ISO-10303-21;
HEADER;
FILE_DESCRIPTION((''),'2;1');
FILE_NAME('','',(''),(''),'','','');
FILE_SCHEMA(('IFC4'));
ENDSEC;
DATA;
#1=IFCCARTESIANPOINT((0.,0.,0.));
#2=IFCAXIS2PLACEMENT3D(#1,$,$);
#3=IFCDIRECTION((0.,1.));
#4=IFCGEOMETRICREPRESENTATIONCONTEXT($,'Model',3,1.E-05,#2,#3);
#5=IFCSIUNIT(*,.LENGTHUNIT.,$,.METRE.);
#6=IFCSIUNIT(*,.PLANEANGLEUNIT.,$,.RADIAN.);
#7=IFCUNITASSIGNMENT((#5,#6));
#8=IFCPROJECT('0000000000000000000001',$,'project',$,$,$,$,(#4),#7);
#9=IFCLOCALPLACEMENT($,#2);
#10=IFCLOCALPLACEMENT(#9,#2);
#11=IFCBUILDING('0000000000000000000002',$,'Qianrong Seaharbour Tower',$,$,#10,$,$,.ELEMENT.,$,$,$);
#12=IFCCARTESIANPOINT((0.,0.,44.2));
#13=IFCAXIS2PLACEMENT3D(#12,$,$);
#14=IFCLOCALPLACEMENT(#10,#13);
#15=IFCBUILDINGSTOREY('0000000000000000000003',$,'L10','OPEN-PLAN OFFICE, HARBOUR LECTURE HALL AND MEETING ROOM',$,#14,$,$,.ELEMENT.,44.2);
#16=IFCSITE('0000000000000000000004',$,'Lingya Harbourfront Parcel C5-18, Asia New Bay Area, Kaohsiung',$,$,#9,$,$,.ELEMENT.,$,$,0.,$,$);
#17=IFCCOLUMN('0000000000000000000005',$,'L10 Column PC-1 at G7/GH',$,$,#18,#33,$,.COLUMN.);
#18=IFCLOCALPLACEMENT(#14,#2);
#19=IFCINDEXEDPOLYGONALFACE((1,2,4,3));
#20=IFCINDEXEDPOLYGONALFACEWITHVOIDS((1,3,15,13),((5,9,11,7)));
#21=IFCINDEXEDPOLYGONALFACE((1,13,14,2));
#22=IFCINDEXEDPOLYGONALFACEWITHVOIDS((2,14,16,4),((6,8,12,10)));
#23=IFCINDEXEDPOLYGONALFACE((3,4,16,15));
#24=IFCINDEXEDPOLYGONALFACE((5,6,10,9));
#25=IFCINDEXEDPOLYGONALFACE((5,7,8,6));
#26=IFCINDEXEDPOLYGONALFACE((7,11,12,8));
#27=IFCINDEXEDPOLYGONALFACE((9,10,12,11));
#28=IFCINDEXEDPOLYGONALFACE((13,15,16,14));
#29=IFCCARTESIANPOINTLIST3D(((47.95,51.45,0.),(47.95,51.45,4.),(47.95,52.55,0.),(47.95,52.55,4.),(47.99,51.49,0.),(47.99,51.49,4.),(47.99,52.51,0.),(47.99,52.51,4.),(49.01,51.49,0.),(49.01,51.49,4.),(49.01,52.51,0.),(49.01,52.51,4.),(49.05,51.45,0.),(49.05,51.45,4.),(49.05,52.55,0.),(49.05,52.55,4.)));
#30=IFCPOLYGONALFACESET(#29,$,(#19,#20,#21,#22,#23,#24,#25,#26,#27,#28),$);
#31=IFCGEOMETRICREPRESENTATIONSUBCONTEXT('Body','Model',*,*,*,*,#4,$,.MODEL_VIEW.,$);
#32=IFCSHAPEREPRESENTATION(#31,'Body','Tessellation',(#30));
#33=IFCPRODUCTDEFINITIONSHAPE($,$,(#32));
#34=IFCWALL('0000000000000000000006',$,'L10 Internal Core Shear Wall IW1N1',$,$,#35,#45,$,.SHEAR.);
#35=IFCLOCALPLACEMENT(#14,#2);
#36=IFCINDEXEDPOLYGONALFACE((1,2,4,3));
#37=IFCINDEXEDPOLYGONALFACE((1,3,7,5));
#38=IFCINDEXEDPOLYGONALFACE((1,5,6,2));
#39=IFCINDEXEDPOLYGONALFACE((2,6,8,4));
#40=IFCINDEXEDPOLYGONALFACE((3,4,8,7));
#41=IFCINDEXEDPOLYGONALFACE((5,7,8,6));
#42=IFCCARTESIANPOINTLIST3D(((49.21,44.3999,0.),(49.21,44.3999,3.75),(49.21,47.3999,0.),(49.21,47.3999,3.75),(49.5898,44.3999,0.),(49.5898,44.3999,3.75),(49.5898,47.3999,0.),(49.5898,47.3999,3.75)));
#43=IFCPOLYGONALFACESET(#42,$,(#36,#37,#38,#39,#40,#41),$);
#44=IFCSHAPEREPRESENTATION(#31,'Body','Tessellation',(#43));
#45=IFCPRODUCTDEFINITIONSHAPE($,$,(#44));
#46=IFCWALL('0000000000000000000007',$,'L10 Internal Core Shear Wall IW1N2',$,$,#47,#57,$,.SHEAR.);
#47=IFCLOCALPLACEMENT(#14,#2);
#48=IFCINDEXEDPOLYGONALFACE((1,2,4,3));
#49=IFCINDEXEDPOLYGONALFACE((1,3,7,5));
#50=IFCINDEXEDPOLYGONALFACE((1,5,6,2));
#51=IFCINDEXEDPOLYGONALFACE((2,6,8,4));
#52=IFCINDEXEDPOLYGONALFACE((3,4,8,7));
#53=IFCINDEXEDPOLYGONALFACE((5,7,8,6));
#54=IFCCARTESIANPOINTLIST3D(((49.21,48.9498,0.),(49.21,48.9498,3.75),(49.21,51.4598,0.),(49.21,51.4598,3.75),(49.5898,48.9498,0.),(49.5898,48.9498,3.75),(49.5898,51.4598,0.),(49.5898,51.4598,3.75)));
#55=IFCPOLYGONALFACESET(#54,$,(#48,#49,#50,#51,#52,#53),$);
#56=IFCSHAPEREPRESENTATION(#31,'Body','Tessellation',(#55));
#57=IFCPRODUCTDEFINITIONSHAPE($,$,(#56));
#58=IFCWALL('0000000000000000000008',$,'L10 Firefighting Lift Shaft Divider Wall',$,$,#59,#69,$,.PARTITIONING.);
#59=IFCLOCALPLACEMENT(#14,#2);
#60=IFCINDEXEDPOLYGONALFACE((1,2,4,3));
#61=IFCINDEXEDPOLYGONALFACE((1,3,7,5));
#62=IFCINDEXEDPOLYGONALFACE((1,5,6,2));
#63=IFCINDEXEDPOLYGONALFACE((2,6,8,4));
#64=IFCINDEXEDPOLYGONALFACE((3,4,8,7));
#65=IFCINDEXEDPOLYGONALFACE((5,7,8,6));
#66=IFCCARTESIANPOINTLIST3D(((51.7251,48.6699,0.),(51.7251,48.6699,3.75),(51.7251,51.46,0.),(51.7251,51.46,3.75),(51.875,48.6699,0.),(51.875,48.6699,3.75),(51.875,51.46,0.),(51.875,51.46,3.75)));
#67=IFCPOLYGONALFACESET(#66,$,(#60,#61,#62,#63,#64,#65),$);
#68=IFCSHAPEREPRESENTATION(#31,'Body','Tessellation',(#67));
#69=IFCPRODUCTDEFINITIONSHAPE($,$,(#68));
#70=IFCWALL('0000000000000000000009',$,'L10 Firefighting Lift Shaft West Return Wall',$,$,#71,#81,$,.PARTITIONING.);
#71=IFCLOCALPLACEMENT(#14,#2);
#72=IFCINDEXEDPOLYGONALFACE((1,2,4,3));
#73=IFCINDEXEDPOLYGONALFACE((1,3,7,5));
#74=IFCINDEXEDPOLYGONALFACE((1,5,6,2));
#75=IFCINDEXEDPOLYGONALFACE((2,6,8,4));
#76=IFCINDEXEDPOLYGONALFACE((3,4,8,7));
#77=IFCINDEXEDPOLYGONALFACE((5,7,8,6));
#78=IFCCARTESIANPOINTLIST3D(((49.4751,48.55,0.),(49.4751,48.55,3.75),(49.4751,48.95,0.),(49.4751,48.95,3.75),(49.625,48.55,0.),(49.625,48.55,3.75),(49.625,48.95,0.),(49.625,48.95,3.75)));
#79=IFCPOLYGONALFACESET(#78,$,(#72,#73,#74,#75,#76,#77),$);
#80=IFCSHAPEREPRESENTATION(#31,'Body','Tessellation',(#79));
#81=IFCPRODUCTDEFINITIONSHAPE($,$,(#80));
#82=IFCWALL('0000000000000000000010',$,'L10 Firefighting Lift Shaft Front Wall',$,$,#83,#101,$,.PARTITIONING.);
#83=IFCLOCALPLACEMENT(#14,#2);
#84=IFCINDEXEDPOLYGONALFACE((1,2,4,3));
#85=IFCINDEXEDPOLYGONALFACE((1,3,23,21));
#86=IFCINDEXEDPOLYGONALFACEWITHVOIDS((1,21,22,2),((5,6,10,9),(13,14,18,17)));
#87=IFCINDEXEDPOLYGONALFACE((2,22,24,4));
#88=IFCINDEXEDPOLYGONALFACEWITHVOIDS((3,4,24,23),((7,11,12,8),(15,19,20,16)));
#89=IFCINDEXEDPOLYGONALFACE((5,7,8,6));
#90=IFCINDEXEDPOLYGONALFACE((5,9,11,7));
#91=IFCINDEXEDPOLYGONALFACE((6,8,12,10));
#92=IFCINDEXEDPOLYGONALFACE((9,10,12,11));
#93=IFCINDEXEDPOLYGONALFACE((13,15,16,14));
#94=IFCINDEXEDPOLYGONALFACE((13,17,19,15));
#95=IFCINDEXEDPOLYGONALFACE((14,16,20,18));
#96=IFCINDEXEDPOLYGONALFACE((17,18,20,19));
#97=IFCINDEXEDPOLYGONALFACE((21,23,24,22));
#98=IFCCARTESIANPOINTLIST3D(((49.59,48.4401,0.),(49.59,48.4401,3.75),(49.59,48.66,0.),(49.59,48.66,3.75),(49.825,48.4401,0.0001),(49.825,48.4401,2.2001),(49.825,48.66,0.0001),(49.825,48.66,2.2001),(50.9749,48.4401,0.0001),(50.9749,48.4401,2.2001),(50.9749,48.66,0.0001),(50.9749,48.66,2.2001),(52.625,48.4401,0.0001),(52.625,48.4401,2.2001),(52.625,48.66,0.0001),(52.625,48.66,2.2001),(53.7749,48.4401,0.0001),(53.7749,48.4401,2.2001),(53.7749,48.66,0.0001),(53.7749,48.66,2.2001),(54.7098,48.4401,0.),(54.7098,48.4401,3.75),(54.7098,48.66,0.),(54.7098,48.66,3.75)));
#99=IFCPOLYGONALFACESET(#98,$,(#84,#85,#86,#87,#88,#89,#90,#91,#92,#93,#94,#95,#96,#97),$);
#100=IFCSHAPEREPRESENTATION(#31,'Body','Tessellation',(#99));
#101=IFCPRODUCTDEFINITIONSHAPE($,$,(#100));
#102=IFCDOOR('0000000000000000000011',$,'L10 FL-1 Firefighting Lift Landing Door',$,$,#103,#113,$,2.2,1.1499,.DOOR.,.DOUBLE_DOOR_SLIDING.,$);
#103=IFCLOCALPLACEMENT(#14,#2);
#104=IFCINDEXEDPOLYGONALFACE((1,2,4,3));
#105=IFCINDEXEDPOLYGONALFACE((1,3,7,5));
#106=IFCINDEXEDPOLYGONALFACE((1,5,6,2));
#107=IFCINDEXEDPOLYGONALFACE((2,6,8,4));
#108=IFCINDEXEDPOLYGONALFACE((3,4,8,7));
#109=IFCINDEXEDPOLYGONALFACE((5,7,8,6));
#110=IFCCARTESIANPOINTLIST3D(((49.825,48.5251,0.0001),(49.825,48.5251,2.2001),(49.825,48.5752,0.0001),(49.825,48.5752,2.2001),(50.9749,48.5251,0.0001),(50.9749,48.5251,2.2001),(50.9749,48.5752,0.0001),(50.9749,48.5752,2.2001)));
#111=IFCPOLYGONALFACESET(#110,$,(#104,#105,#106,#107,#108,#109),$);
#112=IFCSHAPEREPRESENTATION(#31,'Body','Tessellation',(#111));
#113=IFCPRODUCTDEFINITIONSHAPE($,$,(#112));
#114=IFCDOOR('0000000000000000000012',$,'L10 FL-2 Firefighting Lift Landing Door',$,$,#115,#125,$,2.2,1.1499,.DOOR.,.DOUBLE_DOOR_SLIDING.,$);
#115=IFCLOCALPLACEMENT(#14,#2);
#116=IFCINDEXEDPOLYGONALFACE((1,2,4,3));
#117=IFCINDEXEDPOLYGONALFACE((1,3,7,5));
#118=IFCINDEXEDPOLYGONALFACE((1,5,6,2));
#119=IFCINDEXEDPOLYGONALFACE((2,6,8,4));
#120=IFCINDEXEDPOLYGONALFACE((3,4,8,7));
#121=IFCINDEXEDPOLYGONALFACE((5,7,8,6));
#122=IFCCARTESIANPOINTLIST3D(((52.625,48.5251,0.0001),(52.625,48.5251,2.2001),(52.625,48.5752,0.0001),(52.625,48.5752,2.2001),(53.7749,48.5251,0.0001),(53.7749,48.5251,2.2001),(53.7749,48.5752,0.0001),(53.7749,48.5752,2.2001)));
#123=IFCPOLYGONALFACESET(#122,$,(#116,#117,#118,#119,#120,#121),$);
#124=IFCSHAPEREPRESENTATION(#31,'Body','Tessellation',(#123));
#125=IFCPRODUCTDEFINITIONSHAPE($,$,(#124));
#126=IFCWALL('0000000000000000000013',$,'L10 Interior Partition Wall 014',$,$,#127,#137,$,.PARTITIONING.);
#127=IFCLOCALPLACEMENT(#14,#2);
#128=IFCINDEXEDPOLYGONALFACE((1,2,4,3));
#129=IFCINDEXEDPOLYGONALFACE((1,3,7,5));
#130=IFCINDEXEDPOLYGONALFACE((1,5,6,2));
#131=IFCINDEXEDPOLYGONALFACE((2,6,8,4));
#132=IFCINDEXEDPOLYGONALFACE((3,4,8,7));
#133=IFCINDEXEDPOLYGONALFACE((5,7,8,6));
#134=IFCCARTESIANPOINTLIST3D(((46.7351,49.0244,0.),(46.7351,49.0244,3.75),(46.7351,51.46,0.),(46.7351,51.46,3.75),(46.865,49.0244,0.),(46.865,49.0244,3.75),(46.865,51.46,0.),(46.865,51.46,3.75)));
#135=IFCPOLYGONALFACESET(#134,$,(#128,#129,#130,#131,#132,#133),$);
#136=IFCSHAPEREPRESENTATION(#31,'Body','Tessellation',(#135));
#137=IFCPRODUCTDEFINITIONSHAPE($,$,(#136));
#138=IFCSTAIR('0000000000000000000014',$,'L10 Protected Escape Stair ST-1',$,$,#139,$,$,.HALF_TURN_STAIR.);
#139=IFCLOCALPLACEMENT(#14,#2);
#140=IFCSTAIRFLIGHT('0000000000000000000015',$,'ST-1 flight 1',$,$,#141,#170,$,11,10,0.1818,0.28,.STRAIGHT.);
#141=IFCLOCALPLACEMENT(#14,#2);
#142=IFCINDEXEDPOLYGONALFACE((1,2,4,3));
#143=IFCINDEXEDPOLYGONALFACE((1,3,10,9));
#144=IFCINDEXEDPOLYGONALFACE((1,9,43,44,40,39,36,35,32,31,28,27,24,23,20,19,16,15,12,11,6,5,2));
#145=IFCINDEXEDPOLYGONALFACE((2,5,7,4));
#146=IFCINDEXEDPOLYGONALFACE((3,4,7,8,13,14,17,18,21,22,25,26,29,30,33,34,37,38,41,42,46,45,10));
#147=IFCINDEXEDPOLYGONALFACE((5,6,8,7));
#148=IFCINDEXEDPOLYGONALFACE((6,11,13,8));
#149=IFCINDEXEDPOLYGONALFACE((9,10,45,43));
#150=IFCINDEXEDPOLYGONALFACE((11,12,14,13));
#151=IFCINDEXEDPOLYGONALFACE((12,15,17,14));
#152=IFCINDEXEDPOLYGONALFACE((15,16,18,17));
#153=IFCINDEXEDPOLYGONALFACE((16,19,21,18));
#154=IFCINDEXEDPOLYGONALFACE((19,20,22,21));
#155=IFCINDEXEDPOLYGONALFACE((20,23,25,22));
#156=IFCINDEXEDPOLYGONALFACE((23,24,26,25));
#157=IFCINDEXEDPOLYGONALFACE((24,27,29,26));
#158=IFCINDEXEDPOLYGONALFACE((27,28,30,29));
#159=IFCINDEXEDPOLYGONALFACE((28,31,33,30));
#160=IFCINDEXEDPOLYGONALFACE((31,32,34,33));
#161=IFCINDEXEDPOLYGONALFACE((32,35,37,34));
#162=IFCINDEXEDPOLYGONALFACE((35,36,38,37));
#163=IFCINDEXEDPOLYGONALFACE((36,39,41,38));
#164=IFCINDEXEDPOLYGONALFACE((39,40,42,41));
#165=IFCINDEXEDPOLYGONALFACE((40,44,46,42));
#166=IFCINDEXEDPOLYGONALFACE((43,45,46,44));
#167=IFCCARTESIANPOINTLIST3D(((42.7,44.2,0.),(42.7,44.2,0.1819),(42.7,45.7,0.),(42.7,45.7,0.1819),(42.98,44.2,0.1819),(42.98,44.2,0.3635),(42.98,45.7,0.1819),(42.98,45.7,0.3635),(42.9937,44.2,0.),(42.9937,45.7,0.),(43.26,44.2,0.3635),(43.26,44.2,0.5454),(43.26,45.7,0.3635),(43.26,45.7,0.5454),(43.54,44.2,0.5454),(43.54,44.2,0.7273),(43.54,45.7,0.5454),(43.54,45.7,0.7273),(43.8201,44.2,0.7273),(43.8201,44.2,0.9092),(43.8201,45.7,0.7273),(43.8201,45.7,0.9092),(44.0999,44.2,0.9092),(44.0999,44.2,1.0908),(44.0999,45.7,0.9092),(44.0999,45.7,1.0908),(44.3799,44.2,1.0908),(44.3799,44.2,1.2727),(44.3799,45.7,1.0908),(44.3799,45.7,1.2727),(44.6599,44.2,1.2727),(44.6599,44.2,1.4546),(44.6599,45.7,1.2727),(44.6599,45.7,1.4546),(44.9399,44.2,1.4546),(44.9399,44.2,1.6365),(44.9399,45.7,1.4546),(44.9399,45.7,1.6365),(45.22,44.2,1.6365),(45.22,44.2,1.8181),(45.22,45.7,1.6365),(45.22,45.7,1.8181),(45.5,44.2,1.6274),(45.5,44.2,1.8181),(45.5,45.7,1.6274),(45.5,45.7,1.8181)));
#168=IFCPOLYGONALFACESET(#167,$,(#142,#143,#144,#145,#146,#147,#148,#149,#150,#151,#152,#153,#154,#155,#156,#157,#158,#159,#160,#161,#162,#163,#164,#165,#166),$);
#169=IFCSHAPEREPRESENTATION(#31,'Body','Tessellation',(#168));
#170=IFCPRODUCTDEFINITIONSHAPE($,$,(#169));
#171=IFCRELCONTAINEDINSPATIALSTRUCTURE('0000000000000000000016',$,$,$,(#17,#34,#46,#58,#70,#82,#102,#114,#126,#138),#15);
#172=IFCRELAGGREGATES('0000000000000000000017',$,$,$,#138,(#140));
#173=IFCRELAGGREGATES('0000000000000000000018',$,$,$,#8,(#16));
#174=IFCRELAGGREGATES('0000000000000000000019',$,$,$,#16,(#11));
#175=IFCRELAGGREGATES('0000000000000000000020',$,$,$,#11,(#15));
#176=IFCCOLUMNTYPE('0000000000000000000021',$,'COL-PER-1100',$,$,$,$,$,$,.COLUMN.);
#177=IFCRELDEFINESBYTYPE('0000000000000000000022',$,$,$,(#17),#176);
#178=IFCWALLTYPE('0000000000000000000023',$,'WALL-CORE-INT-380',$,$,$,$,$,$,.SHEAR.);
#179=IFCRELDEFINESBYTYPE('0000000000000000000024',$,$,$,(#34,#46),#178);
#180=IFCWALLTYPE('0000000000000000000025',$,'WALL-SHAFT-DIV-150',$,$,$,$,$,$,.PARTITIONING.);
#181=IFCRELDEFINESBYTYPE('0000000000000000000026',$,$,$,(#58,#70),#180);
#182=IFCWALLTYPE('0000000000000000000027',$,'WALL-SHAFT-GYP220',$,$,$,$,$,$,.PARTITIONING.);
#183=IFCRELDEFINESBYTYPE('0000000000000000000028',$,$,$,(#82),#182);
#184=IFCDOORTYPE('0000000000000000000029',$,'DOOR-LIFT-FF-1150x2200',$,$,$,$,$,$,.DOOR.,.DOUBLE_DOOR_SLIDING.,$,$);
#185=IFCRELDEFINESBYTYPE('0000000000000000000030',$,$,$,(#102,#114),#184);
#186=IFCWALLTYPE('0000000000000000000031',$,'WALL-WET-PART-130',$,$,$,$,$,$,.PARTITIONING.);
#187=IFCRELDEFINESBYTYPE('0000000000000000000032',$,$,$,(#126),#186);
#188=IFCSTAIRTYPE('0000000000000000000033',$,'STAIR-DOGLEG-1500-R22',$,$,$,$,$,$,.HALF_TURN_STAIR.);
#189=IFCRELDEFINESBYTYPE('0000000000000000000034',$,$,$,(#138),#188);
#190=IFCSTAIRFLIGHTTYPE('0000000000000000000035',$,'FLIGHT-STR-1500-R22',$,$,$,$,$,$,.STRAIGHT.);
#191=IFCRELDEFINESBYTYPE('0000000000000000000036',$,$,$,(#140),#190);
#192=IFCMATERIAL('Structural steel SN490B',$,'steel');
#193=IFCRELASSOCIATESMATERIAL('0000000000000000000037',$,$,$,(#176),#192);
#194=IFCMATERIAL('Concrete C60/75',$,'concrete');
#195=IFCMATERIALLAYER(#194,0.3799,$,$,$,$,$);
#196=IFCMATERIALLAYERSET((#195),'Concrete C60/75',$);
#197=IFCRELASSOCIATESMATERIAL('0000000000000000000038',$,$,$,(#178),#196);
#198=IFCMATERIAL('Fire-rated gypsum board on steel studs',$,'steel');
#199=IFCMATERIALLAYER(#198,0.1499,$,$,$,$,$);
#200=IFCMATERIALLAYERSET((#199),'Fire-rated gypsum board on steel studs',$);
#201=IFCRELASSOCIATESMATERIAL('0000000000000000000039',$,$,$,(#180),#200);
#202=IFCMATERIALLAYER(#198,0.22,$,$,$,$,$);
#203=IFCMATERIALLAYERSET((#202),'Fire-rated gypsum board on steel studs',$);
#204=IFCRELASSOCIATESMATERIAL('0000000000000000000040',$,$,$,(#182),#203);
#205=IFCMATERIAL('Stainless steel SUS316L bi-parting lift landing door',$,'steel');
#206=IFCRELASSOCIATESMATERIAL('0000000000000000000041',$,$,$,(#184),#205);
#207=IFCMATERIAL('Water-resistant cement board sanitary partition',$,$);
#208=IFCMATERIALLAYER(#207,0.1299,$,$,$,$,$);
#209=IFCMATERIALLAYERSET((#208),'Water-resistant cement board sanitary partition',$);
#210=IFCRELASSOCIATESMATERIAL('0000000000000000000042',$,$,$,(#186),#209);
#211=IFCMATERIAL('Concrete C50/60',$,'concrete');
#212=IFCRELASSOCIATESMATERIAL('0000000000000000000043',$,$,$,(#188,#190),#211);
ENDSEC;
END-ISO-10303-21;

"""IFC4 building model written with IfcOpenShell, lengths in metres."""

from ifc_helpers import new_model, si_unit, direction, frame, frame_2d, origin, origin_2d, place, context, subcontext, project, spatial, polyline, rectangle, hollow_rectangle, outline, extrude, material, layer, layer_set, material_profile, profile_set, type_object, element, fill, aggregate, save


model = new_model("IFC4")

# Units and contexts
model_context = context("Model", 3, precision=1e-05, world=origin(), true_north=direction((0.0, 1.0)))
body_context = subcontext(model_context, "Body", "Model", "MODEL_VIEW")
ifc_project = project(units=[si_unit("LENGTHUNIT", "METRE"), si_unit("PLANEANGLEUNIT", "RADIAN")], contexts=[model_context])

# Site, building, storey
site_placement = place(None, origin())
site = spatial("IfcSite", under=ifc_project, at=site_placement, Name="Lingya Harbourfront Parcel C5-18, Asia New Bay Area, Kaohsiung", CompositionType="ELEMENT", RefElevation=0.0)
building_placement = place(site_placement, origin())
building = spatial("IfcBuilding", under=site, at=building_placement, Name="Qianrong Seaharbour Tower", CompositionType="ELEMENT")
storey_placement = place(building_placement, frame((0.0, 0.0, 44.2)))
storey = spatial("IfcBuildingStorey", under=building, at=storey_placement, Name="L10", Description="OPEN-PLAN OFFICE, HARBOUR LECTURE HALL AND MEETING ROOM", CompositionType="ELEMENT", Elevation=44.2)

# Column
ifc_material_1 = material(Name="Structural steel SN490B", Category="steel")
ifc_material_profile = material_profile(ifc_material_1, hollow_rectangle(XDim=1.1001, YDim=1.1001, WallThickness=0.04, at=origin_2d()), Name="BOX1100x1100x40")
ifc_profile_set = profile_set([ifc_material_profile], Name="Structural steel SN490B")
column_type = type_object("IfcColumnType", Name="COL-PER-1100", PredefinedType="COLUMN", material=ifc_profile_set)
column_placement = place(storey_placement, frame((48.5, 52.0, 0.0), z_axis=(0.0, 0.0, 1.0), x_axis=(1.0, 0.0, 0.0)))
element("IfcColumn", 1, at=column_placement, inside=storey, type_object=column_type, Name="L10 Column PC-1 at G7/GH", PredefinedType="COLUMN", context=body_context, shape_type="SweptSolid", body=[
    extrude(hollow_rectangle(XDim=1.1001, YDim=1.1001, WallThickness=0.04, at=origin_2d()), origin(), (0.0, 0.0, 1.0), 4.0),
])

# Walls
ifc_material_2 = material(Name="Concrete C60/75", Category="concrete")
ifc_layer_1 = layer(ifc_material_2, 0.3799)
ifc_layer_set_1 = layer_set([ifc_layer_1], Name="Concrete C60/75")
wall_type_1 = type_object("IfcWallType", Name="WALL-CORE-INT-380", PredefinedType="SHEAR", material=ifc_layer_set_1)
wall_1_placement = place(storey_placement, frame((49.3999, 44.3999, 0.0), z_axis=(0.0, 0.0, 1.0), x_axis=(0.0, 1.0, 0.0)))
element("IfcWall", 2, at=wall_1_placement, inside=storey, type_object=wall_type_1, Name="L10 Internal Core Shear Wall IW1N1", PredefinedType="SHEAR", context=body_context, shape_type="SweptSolid", body=[
    extrude(rectangle(XDim=3.0, YDim=0.3799, at=frame_2d((1.5, 0.0))), origin(), (0.0, 0.0, 1.0), 3.75),
])
wall_2_placement = place(storey_placement, frame((49.3999, 48.95, 0.0), z_axis=(0.0, 0.0, 1.0), x_axis=(0.0, 1.0, 0.0)))
element("IfcWall", 3, at=wall_2_placement, inside=storey, type_object=wall_type_1, Name="L10 Internal Core Shear Wall IW1N2", PredefinedType="SHEAR", context=body_context, shape_type="SweptSolid", body=[
    extrude(rectangle(XDim=2.51, YDim=0.3799, at=frame_2d((1.2549, 0.0))), origin(), (0.0, 0.0, 1.0), 3.75),
])

# Walls
ifc_material_3 = material(Name="Fire-rated gypsum board on steel studs", Category="steel")
ifc_layer_2 = layer(ifc_material_3, 0.1499)
ifc_layer_set_2 = layer_set([ifc_layer_2], Name="Fire-rated gypsum board on steel studs")
wall_type_2 = type_object("IfcWallType", Name="WALL-SHAFT-DIV-150", PredefinedType="PARTITIONING", material=ifc_layer_set_2)
wall_3_placement = place(storey_placement, frame((51.8, 48.6699, 0.0), z_axis=(0.0, 0.0, 1.0), x_axis=(0.0, 1.0, 0.0)))
element("IfcWall", 4, at=wall_3_placement, inside=storey, type_object=wall_type_2, Name="L10 Firefighting Lift Shaft Divider Wall", PredefinedType="PARTITIONING", context=body_context, shape_type="SweptSolid", body=[
    extrude(rectangle(XDim=2.79, YDim=0.1499, at=frame_2d((1.395, 0.0))), origin(), (0.0, 0.0, 1.0), 3.75),
])
wall_4_placement = place(storey_placement, frame((49.55, 48.55, 0.0), z_axis=(0.0, 0.0, 1.0), x_axis=(0.0, 1.0, 0.0)))
element("IfcWall", 5, at=wall_4_placement, inside=storey, type_object=wall_type_2, Name="L10 Firefighting Lift Shaft West Return Wall", PredefinedType="PARTITIONING", context=body_context, shape_type="SweptSolid", body=[
    extrude(rectangle(XDim=0.3999, YDim=0.1499, at=frame_2d((0.2, 0.0))), origin(), (0.0, 0.0, 1.0), 3.75),
])

# Wall, openings, doors
ifc_layer_3 = layer(ifc_material_3, 0.22)
ifc_layer_set_3 = layer_set([ifc_layer_3], Name="Fire-rated gypsum board on steel studs")
wall_type_3 = type_object("IfcWallType", Name="WALL-SHAFT-GYP220", PredefinedType="PARTITIONING", material=ifc_layer_set_3)
wall_5_placement = place(storey_placement, frame((54.71, 48.55, 0.0), z_axis=(0.0, 0.0, 1.0), x_axis=(-1.0, 0.0, 0.0)))
wall_5 = element("IfcWall", 6, at=wall_5_placement, inside=storey, type_object=wall_type_3, Name="L10 Firefighting Lift Shaft Front Wall", PredefinedType="PARTITIONING", context=body_context, shape_type="SweptSolid", body=[
    extrude(rectangle(XDim=5.1199, YDim=0.22, at=frame_2d((2.5601, 0.0))), origin(), (0.0, 0.0, 1.0), 3.75),
])
opening_1_placement = place(wall_5_placement, frame((3.7351, 0.0, 0.0)))
opening_1 = element("IfcOpeningElement", 7, at=opening_1_placement, cuts=wall_5, PredefinedType="OPENING", context=body_context, shape_type="SweptSolid", body=[
    extrude(rectangle(XDim=1.1499, YDim=2.2, at=frame_2d((0.575, 1.1001))), frame((0.0, 0.1201, 0.0), z_axis=(0.0, -1.0, 0.0), x_axis=(1.0, 0.0, 0.0)), (0.0, 0.0, 1.0), 0.24),
])
opening_2_placement = place(wall_5_placement, frame((0.9351, 0.0, 0.0)))
opening_2 = element("IfcOpeningElement", 8, at=opening_2_placement, cuts=wall_5, PredefinedType="OPENING", context=body_context, shape_type="SweptSolid", body=[
    extrude(rectangle(XDim=1.1499, YDim=2.2, at=frame_2d((0.575, 1.1001))), frame((0.0, 0.1201, 0.0), z_axis=(0.0, -1.0, 0.0), x_axis=(1.0, 0.0, 0.0)), (0.0, 0.0, 1.0), 0.24),
])
ifc_material_4 = material(Name="Stainless steel SUS316L bi-parting lift landing door", Category="steel")
door_type_1 = type_object("IfcDoorType", Name="DOOR-LIFT-FF-1150x2200", OperationType="DOUBLE_DOOR_SLIDING", PredefinedType="DOOR", material=ifc_material_4)
door_1_placement = place(opening_1_placement, origin())
door_1 = element("IfcDoor", 9, at=door_1_placement, inside=storey, type_object=door_type_1, Name="L10 FL-1 Firefighting Lift Landing Door", OperationType="DOUBLE_DOOR_SLIDING", OverallHeight=2.2, OverallWidth=1.1499, PredefinedType="DOOR", context=body_context, shape_type="SweptSolid", body=[
    extrude(rectangle(XDim=1.1499, YDim=2.2, at=frame_2d((0.575, 1.1001))), frame((0.0, 0.0249, 0.0), z_axis=(0.0, -1.0, 0.0), x_axis=(1.0, 0.0, 0.0)), (0.0, 0.0, 1.0), 0.05),
])
fill(opening_1, door_1)
door_2_placement = place(opening_2_placement, origin())
door_2 = element("IfcDoor", 10, at=door_2_placement, inside=storey, type_object=door_type_1, Name="L10 FL-2 Firefighting Lift Landing Door", OperationType="DOUBLE_DOOR_SLIDING", OverallHeight=2.2, OverallWidth=1.1499, PredefinedType="DOOR", context=body_context, shape_type="SweptSolid", body=[
    extrude(rectangle(XDim=1.1499, YDim=2.2, at=frame_2d((0.575, 1.1001))), frame((0.0, 0.0249, 0.0), z_axis=(0.0, -1.0, 0.0), x_axis=(1.0, 0.0, 0.0)), (0.0, 0.0, 1.0), 0.05),
])
fill(opening_2, door_2)

# Wall
ifc_material_5 = material(Name="Water-resistant cement board sanitary partition")
ifc_layer_4 = layer(ifc_material_5, 0.1299)
ifc_layer_set_4 = layer_set([ifc_layer_4], Name="Water-resistant cement board sanitary partition")
wall_type_4 = type_object("IfcWallType", Name="WALL-WET-PART-130", PredefinedType="PARTITIONING", material=ifc_layer_set_4)
wall_6_placement = place(storey_placement, frame((46.8, 51.46, 0.0), z_axis=(0.0, 0.0, 1.0), x_axis=(0.0, -1.0, 0.0)))
element("IfcWall", 11, at=wall_6_placement, inside=storey, type_object=wall_type_4, Name="L10 Interior Partition Wall 014", PredefinedType="PARTITIONING", context=body_context, shape_type="SweptSolid", body=[
    extrude(rectangle(XDim=2.4355, YDim=0.1299, at=frame_2d((1.2178, 0.0))), origin(), (0.0, 0.0, 1.0), 3.75),
])

# Stair, stair flight
ifc_material_6 = material(Name="Concrete C50/60", Category="concrete")
stair_type = type_object("IfcStairType", Name="STAIR-DOGLEG-1500-R22", PredefinedType="HALF_TURN_STAIR", material=ifc_material_6)
stair_placement = place(storey_placement, origin())
stair = element("IfcStair", 12, at=stair_placement, inside=storey, type_object=stair_type, Name="L10 Protected Escape Stair ST-1", PredefinedType="HALF_TURN_STAIR")
stair_flight_type = type_object("IfcStairFlightType", Name="FLIGHT-STR-1500-R22", PredefinedType="STRAIGHT", material=ifc_material_6)
stair_flight_1_placement = place(storey_placement, frame((42.7, 44.95, 0.0), z_axis=(0.0, 0.0, 1.0), x_axis=(1.0, 0.0, 0.0)))
stair_flight_1 = element("IfcStairFlight", 13, at=stair_flight_1_placement, type_object=stair_flight_type, Name="ST-1 flight 1", NumberOfRisers=11, NumberOfTreads=10, PredefinedType="STRAIGHT", RiserHeight=0.1818, TreadLength=0.28, context=body_context, shape_type="SweptSolid", body=[
    extrude(outline(polyline([(0.0, 0.0), (0.0, 0.1819), (0.28, 0.1819), (0.28, 0.3635), (0.5601, 0.3635), (0.5601, 0.5454), (0.8401, 0.5454), (0.8401, 0.7273), (1.1201, 0.7273), (1.1201, 0.9092), (1.3999, 0.9092), (1.3999, 1.0908), (1.6799, 1.0908), (1.6799, 1.2727), (1.96, 1.2727), (1.96, 1.4546), (2.24, 1.4546), (2.24, 1.6365), (2.52, 1.6365), (2.52, 1.8181), (2.8, 1.8181), (2.8, 2.0), (2.8, 1.6274), (0.2937, 0.0), (0.0, 0.0)])), frame((0.0, 0.75, 0.0), z_axis=(0.0, -1.0, 0.0), x_axis=(1.0, 0.0, 0.0)), (0.0, 0.0, 1.0), 1.5),
])
aggregate(stair, [stair_flight_1])

save(model, "model.ifc")
